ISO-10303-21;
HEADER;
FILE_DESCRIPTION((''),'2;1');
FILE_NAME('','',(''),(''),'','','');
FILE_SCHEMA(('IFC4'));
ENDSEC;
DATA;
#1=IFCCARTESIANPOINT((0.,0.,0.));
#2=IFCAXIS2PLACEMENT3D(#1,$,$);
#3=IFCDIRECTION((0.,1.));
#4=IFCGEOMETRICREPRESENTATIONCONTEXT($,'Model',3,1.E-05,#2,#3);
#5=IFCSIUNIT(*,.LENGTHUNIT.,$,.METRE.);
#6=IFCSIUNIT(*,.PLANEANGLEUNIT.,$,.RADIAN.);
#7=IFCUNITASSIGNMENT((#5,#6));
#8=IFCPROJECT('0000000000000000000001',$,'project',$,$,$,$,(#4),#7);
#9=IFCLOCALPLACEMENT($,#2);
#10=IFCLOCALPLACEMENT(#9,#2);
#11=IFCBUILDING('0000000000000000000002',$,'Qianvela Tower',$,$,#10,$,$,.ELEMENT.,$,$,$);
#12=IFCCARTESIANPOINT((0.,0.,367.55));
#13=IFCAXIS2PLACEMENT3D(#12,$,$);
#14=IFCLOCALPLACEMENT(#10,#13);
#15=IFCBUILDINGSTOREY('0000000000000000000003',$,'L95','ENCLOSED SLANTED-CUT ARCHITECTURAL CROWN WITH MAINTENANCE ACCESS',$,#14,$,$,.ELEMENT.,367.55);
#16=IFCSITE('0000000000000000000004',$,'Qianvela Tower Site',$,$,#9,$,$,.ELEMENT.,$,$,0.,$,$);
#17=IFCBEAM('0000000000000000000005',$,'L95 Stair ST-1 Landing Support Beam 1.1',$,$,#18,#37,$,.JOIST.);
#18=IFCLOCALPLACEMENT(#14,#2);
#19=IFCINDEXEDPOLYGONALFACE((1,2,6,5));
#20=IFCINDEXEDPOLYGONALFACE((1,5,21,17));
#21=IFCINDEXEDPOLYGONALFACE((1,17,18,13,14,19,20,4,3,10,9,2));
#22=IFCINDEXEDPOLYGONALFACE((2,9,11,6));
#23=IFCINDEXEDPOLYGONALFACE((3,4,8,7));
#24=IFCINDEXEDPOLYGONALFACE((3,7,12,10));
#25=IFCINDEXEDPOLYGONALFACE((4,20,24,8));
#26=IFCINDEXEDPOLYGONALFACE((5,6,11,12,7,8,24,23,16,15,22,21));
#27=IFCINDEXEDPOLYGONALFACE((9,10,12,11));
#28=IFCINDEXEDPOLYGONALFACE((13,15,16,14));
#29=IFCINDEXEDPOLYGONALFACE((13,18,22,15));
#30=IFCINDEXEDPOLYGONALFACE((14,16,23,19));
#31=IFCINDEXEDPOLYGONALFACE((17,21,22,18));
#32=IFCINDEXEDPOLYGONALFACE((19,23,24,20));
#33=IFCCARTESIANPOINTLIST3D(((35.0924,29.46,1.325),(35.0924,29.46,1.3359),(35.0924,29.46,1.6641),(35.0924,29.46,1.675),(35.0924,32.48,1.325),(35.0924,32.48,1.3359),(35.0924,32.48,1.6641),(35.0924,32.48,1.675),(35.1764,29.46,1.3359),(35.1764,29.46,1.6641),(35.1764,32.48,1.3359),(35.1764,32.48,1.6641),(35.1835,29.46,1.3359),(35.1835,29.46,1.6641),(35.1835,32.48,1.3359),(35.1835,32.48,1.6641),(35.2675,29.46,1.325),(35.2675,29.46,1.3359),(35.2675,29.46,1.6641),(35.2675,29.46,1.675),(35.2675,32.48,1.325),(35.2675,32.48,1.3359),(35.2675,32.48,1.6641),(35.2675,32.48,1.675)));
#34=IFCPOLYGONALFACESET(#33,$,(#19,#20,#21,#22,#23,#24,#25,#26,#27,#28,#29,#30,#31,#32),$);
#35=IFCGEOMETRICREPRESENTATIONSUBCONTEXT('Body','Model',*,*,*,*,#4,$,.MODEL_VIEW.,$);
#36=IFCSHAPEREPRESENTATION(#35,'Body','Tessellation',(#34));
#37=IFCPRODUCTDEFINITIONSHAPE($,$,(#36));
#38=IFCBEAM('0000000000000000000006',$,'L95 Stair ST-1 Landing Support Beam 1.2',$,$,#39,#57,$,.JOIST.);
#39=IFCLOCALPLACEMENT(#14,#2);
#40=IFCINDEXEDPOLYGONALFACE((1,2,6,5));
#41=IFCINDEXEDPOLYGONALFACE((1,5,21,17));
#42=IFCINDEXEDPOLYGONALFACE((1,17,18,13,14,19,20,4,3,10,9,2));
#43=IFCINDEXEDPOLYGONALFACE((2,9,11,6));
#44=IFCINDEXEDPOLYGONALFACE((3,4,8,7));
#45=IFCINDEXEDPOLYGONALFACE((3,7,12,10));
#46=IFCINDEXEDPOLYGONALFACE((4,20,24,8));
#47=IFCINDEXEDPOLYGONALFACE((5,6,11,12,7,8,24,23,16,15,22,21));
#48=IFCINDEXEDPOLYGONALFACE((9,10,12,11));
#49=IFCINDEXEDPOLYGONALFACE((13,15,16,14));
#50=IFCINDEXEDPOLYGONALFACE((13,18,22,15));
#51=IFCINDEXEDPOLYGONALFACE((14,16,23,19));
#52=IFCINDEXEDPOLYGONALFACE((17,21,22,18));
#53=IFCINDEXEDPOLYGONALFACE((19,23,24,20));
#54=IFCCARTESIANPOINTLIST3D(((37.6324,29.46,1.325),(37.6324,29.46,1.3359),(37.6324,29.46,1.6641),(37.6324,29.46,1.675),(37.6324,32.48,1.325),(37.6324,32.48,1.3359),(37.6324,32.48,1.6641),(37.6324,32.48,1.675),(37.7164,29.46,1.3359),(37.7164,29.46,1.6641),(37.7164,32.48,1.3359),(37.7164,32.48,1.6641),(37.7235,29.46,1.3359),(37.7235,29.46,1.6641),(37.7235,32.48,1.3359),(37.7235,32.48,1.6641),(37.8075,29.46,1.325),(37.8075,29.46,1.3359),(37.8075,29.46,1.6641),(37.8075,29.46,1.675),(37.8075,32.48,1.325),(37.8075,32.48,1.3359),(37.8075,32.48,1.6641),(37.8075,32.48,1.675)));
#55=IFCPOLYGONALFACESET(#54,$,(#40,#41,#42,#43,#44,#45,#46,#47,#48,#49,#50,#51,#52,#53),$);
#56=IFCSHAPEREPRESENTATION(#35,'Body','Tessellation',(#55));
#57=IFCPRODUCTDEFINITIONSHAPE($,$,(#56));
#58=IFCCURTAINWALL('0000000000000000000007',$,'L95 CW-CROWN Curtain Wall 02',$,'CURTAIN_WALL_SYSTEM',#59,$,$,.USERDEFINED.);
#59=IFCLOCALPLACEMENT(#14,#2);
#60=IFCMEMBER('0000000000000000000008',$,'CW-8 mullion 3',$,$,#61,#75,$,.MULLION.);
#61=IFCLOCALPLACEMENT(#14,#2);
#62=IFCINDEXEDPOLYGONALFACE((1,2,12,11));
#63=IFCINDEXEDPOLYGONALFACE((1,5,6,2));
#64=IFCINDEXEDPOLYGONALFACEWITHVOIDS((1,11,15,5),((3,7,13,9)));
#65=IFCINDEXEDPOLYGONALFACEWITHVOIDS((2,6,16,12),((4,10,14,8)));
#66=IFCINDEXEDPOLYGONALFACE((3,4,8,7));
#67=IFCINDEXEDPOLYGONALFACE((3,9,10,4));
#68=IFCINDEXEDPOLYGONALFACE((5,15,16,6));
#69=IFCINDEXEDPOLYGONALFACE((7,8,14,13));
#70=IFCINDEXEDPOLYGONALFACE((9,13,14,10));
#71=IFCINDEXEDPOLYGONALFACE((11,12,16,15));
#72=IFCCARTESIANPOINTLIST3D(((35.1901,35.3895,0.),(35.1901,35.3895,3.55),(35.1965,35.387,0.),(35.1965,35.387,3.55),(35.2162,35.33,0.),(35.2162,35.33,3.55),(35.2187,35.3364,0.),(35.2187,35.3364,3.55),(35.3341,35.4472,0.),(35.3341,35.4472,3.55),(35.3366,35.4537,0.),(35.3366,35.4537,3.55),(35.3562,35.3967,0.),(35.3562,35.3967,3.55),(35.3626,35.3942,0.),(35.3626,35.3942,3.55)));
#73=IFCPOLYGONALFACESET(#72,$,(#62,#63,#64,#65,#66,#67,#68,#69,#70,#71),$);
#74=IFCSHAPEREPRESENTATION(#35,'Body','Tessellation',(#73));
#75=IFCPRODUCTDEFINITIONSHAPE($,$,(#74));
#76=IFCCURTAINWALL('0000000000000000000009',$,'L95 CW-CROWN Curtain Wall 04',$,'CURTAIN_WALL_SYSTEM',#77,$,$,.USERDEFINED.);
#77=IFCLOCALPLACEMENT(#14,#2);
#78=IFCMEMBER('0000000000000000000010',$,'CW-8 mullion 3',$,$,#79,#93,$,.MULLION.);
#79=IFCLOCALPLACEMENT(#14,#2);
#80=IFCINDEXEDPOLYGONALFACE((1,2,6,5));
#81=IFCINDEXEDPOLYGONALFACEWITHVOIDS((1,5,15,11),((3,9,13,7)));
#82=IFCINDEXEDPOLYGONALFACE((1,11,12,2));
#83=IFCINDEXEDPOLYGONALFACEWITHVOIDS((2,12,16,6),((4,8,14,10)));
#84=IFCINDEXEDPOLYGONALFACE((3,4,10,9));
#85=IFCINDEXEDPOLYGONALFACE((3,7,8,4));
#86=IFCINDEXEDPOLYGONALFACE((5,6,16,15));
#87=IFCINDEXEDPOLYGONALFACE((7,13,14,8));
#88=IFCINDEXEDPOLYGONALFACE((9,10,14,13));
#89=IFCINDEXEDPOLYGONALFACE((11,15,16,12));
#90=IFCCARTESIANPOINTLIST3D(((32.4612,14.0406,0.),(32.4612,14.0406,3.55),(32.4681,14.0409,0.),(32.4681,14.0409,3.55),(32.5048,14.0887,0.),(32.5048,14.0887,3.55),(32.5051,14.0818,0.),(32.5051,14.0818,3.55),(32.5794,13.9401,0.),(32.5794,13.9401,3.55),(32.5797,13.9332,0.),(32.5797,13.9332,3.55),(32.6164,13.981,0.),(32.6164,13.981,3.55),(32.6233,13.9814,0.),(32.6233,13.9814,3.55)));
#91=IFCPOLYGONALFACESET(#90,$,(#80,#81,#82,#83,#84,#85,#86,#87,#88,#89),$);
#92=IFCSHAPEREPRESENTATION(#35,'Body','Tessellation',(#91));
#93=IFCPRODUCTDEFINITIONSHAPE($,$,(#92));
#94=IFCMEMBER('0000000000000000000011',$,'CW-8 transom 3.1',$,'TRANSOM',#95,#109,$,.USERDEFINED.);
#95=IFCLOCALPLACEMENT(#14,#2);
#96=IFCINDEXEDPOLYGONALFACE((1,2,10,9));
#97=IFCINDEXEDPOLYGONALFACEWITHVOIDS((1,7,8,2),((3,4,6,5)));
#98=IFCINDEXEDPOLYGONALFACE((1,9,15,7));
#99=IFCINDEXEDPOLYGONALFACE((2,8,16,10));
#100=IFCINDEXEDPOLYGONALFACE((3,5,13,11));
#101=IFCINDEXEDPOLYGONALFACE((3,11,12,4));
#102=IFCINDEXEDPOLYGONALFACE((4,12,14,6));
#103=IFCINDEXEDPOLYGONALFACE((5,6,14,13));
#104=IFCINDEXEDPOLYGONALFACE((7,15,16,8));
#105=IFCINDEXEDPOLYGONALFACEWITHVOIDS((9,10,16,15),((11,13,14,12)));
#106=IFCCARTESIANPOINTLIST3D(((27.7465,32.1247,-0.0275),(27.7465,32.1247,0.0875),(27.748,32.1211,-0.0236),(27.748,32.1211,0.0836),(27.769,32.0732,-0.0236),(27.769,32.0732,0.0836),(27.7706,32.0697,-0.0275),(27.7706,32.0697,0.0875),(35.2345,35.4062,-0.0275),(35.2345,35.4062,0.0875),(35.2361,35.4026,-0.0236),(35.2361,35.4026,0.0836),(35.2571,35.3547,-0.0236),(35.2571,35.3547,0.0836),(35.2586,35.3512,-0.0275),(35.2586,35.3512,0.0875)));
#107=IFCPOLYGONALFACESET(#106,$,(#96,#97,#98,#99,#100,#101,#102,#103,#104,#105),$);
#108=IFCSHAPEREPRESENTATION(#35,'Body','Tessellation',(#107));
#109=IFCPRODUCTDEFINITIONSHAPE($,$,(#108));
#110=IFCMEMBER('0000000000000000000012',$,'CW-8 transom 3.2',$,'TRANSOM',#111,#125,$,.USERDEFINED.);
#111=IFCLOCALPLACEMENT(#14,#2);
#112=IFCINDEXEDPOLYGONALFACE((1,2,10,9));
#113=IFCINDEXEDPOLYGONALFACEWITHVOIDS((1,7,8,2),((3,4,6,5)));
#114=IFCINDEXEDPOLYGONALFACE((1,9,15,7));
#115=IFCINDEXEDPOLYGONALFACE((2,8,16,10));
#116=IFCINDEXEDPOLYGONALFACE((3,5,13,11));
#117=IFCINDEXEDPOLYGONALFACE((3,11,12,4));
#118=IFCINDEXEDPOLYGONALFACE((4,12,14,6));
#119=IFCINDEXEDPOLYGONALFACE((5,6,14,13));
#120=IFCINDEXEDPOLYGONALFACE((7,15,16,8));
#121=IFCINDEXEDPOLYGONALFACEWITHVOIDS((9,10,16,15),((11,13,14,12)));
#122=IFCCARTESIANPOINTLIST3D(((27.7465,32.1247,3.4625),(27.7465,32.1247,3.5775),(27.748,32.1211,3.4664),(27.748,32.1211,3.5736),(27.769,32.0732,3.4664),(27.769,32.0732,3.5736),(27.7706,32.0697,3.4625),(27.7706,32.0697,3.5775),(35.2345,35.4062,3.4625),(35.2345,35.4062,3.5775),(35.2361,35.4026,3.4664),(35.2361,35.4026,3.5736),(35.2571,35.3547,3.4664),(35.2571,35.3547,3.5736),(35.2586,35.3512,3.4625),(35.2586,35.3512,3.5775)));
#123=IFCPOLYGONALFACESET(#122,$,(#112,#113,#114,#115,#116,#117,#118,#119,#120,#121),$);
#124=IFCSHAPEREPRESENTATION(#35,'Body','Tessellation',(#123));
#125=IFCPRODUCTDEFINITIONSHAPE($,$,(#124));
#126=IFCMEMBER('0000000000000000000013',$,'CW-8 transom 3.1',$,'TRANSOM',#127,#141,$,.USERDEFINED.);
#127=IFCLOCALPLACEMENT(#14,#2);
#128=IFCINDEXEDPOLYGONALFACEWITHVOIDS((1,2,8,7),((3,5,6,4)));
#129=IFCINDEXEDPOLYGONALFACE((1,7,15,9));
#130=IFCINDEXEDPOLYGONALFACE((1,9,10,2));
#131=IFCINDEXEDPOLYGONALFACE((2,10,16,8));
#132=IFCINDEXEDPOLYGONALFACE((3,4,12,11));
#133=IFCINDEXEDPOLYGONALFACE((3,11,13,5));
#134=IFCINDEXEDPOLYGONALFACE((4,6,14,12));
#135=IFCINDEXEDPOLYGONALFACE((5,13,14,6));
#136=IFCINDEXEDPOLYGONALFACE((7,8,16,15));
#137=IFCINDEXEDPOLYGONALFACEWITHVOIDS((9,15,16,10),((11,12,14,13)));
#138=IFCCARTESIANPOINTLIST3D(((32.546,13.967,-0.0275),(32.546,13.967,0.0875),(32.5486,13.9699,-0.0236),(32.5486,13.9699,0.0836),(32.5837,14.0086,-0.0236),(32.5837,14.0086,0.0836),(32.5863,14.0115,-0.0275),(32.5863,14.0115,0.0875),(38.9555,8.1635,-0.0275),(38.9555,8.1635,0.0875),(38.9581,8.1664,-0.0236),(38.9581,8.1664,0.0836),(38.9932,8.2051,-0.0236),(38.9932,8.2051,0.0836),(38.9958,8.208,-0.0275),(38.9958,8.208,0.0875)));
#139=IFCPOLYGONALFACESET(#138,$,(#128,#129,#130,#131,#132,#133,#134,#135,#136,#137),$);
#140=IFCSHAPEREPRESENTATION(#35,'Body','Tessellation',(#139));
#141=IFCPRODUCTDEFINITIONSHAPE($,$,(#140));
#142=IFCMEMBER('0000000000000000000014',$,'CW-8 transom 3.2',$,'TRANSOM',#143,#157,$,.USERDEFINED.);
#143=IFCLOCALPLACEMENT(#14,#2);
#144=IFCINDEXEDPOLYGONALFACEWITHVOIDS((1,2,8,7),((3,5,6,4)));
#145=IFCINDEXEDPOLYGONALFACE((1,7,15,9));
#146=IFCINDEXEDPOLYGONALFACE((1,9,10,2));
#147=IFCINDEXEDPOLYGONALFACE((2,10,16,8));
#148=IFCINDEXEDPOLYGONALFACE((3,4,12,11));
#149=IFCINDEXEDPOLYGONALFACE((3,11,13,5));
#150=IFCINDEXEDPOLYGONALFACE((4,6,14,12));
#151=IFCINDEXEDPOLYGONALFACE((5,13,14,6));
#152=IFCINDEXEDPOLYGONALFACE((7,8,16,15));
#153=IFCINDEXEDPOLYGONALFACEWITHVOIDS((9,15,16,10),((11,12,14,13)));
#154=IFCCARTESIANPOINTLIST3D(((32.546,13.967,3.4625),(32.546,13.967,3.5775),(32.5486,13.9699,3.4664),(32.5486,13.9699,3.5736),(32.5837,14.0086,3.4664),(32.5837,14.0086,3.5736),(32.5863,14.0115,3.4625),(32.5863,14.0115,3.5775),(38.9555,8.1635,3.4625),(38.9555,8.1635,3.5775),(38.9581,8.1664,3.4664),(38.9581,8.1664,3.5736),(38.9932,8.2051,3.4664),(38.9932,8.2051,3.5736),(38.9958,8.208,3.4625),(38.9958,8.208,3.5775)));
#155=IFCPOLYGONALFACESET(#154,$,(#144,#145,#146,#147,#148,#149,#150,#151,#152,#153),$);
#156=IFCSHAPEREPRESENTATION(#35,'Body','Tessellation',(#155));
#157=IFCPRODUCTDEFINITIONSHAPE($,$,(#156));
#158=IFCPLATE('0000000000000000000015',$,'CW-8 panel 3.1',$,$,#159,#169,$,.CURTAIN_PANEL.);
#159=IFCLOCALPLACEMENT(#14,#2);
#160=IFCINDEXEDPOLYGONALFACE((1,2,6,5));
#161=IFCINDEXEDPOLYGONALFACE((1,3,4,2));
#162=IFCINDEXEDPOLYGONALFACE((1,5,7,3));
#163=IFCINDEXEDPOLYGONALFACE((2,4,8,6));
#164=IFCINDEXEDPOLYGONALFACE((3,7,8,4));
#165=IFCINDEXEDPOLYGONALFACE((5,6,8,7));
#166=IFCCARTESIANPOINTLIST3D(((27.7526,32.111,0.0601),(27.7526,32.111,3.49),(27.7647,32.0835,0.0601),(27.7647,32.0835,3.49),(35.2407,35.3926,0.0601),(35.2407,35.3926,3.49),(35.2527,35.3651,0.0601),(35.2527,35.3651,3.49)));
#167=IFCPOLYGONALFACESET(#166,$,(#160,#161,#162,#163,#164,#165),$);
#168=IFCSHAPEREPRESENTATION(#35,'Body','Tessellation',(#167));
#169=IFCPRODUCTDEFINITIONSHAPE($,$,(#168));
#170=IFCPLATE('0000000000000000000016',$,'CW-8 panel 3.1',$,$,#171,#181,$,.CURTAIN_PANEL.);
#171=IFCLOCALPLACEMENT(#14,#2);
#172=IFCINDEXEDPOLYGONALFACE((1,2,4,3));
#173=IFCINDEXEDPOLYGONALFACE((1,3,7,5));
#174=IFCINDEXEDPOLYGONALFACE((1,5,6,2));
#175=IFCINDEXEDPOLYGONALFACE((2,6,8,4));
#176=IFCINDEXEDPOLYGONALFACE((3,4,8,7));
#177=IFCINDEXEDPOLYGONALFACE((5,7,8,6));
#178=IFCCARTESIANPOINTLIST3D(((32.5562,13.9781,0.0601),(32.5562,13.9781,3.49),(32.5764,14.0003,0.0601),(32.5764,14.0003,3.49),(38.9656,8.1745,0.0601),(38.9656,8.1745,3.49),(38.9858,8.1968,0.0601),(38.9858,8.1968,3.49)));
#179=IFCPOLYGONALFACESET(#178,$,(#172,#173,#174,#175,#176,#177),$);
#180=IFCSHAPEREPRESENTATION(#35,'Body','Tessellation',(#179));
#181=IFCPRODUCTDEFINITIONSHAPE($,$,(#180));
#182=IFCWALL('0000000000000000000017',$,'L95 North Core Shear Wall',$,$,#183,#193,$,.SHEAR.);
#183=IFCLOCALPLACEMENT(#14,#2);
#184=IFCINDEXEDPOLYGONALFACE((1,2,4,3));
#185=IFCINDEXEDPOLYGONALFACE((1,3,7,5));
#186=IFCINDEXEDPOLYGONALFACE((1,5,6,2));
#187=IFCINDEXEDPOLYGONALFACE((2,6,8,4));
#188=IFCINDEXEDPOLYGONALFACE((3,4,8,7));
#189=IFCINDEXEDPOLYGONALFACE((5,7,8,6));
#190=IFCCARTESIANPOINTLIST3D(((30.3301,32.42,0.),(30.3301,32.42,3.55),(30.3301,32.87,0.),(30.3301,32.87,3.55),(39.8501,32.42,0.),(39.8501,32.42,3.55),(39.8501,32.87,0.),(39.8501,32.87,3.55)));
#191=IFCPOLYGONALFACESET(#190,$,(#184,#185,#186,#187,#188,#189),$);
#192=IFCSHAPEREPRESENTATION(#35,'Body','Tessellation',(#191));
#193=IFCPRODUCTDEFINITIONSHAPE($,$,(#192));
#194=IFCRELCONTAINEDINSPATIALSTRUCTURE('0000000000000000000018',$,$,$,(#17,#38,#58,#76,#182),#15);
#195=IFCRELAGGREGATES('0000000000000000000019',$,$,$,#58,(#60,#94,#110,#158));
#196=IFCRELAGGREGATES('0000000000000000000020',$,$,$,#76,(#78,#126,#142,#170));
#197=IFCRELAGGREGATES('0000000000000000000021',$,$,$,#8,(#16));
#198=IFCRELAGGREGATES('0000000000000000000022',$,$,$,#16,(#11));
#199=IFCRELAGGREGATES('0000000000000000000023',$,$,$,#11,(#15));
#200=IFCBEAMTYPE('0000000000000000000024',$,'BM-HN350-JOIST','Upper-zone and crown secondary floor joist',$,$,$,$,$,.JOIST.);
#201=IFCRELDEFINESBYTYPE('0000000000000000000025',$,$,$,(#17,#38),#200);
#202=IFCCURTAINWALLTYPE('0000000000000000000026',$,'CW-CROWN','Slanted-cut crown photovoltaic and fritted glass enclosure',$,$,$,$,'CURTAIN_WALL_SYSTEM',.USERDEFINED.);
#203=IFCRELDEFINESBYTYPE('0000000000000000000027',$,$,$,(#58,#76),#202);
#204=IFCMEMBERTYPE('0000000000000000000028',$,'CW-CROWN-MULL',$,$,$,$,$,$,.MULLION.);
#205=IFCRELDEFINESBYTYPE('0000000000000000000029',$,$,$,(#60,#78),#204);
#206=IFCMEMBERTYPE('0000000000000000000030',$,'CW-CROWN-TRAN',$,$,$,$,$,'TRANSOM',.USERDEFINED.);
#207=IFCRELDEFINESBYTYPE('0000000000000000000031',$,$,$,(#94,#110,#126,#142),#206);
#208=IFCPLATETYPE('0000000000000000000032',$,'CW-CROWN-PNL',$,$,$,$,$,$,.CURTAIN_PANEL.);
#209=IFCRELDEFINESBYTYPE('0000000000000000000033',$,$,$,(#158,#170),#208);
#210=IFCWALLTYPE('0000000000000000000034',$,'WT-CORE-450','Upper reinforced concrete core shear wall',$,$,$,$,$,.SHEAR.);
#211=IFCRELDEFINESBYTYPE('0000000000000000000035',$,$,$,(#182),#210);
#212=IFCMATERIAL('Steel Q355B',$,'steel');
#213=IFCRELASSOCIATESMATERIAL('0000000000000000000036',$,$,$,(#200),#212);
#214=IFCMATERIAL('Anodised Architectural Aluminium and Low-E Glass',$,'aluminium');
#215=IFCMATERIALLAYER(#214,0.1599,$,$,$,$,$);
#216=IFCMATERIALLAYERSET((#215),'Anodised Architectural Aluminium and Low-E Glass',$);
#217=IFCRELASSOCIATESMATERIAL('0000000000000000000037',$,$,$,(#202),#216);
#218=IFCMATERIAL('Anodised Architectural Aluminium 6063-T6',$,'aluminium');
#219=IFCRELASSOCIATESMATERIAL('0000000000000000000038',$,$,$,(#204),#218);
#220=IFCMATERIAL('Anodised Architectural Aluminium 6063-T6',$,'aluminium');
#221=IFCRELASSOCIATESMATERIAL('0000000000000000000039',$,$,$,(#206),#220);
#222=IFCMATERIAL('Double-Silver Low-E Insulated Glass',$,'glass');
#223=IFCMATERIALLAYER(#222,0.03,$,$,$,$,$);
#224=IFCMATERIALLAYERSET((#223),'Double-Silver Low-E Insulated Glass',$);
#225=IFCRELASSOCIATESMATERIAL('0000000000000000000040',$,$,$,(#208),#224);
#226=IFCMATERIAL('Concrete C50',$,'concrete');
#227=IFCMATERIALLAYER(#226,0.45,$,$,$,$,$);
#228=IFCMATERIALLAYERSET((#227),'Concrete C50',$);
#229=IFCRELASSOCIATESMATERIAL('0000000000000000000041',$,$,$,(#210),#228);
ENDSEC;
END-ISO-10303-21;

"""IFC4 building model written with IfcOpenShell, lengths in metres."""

from ifc_helpers import new_model, si_unit, direction, frame, frame_2d, origin, origin_2d, place, context, subcontext, project, spatial, rectangle, hollow_rectangle, i_section, extrude, material, layer, layer_set, material_profile, profile_set, type_object, element, aggregate, save


model = new_model("IFC4")

# Units and contexts
model_context = context("Model", 3, precision=1e-05, world=origin(), true_north=direction((0.0, 1.0)))
body_context = subcontext(model_context, "Body", "Model", "MODEL_VIEW")
ifc_project = project(units=[si_unit("LENGTHUNIT", "METRE"), si_unit("PLANEANGLEUNIT", "RADIAN")], contexts=[model_context])

# Site, building, storey
site_placement = place(None, origin())
site = spatial("IfcSite", under=ifc_project, at=site_placement, Name="Qianvela Tower Site", CompositionType="ELEMENT", RefElevation=0.0)
building_placement = place(site_placement, origin())
building = spatial("IfcBuilding", under=site, at=building_placement, Name="Qianvela Tower", CompositionType="ELEMENT")
storey_placement = place(building_placement, frame((0.0, 0.0, 367.55)))
storey = spatial("IfcBuildingStorey", under=building, at=storey_placement, Name="L95", Description="ENCLOSED SLANTED-CUT ARCHITECTURAL CROWN WITH MAINTENANCE ACCESS", CompositionType="ELEMENT", Elevation=367.55)

# Beams
ifc_material_1 = material(Name="Steel Q355B", Category="steel")
ifc_material_profile_1 = material_profile(ifc_material_1, i_section(OverallWidth=0.175, OverallDepth=0.3501, WebThickness=0.0071, FlangeThickness=0.011, at=origin_2d()), Name="HN350x175x7x11")
ifc_profile_set_1 = profile_set([ifc_material_profile_1], Name="Steel Q355B")
beam_type = type_object("IfcBeamType", Name="BM-HN350-JOIST", Description="Upper-zone and crown secondary floor joist", PredefinedType="JOIST", material=ifc_profile_set_1)
for number, where, z_axis, x_axis, name in (
    (1, (35.1799, 29.46, 1.5), (0.0, 1.0, 0.0), (-1.0, 0.0, 0.0), "L95 Stair ST-1 Landing Support Beam 1.1"),
    (2, (37.72, 29.46, 1.5), (0.0, 1.0, 0.0), (-1.0, 0.0, 0.0), "L95 Stair ST-1 Landing Support Beam 1.2"),
):
    element("IfcBeam", number, at=place(storey_placement, frame(where, z_axis=z_axis, x_axis=x_axis)), inside=storey, type_object=beam_type, Name=name, PredefinedType="JOIST", context=body_context, shape_type="SweptSolid", body=[
        extrude(i_section(OverallWidth=0.175, OverallDepth=0.3501, WebThickness=0.0071, FlangeThickness=0.011, at=origin_2d()), origin(), (0.0, 0.0, 1.0), 3.02),
    ])

# Curtain walls, members
ifc_material_2 = material(Name="Anodised Architectural Aluminium and Low-E Glass", Category="aluminium")
ifc_layer_1 = layer(ifc_material_2, 0.1599)
ifc_layer_set_1 = layer_set([ifc_layer_1], Name="Anodised Architectural Aluminium and Low-E Glass")
curtain_wall_type = type_object("IfcCurtainWallType", Name="CW-CROWN", Description="Slanted-cut crown photovoltaic and fritted glass enclosure", ElementType="CURTAIN_WALL_SYSTEM", PredefinedType="USERDEFINED", material=ifc_layer_set_1)
curtain_wall_1_placement = place(storey_placement, origin())
curtain_wall_1 = element("IfcCurtainWall", 3, at=curtain_wall_1_placement, inside=storey, type_object=curtain_wall_type, Name="L95 CW-CROWN Curtain Wall 02", ObjectType="CURTAIN_WALL_SYSTEM", PredefinedType="USERDEFINED")
ifc_material_3 = material(Name="Anodised Architectural Aluminium 6063-T6", Category="aluminium")
ifc_material_profile_2 = material_profile(ifc_material_3, hollow_rectangle(XDim=0.0649, YDim=0.1599, WallThickness=0.0049, at=origin_2d()), Name="ALU-MULL-65x160")
ifc_profile_set_2 = profile_set([ifc_material_profile_2], Name="Anodised Architectural Aluminium 6063-T6")
member_type_1 = type_object("IfcMemberType", Name="CW-CROWN-MULL", PredefinedType="MULLION", material=ifc_profile_set_2)
member_1_placement = place(storey_placement, frame((35.2764, 35.3918, 0.0), z_axis=(0.0, 0.0, 1.0), x_axis=(0.40139, -0.915907, 0.0)))
member_1 = element("IfcMember", 4, at=member_1_placement, type_object=member_type_1, Name="CW-8 mullion 3", PredefinedType="MULLION", context=body_context, shape_type="SweptSolid", body=[
    extrude(hollow_rectangle(XDim=0.0649, YDim=0.1599, WallThickness=0.0049, at=origin_2d()), origin(), (0.0, 0.0, 1.0), 3.55),
])
curtain_wall_2_placement = place(storey_placement, origin())
curtain_wall_2 = element("IfcCurtainWall", 5, at=curtain_wall_2_placement, inside=storey, type_object=curtain_wall_type, Name="L95 CW-CROWN Curtain Wall 04", ObjectType="CURTAIN_WALL_SYSTEM", PredefinedType="USERDEFINED")
member_2_placement = place(storey_placement, frame((32.5422, 14.011, 0.0), z_axis=(0.0, 0.0, 1.0), x_axis=(0.671205, 0.741272, 0.0)))
member_2 = element("IfcMember", 6, at=member_2_placement, type_object=member_type_1, Name="CW-8 mullion 3", PredefinedType="MULLION", context=body_context, shape_type="SweptSolid", body=[
    extrude(hollow_rectangle(XDim=0.0649, YDim=0.1599, WallThickness=0.0049, at=origin_2d()), origin(), (0.0, 0.0, 1.0), 3.55),
])

# Members
ifc_material_4 = material(Name="Anodised Architectural Aluminium 6063-T6", Category="aluminium")
ifc_material_profile_3 = material_profile(ifc_material_4, hollow_rectangle(XDim=0.0601, YDim=0.115, WallThickness=0.0039, at=origin_2d()), Name="ALU-TRAN-60x115")
ifc_profile_set_3 = profile_set([ifc_material_profile_3], Name="Anodised Architectural Aluminium 6063-T6")
member_type_2 = type_object("IfcMemberType", Name="CW-CROWN-TRAN", ElementType="TRANSOM", PredefinedType="USERDEFINED", material=ifc_profile_set_3)
member_3_placement = place(storey_placement, frame((35.2466, 35.3787, 0.03), z_axis=(-0.915911, -0.401381, 0.0), x_axis=(0.401381, -0.915911, 0.0)))
member_3 = element("IfcMember", 7, at=member_3_placement, type_object=member_type_2, Name="CW-8 transom 3.1", ObjectType="TRANSOM", PredefinedType="USERDEFINED", context=body_context, shape_type="SweptSolid", body=[
    extrude(hollow_rectangle(XDim=0.0601, YDim=0.115, WallThickness=0.0039, at=origin_2d()), origin(), (0.0, 0.0, 1.0), 8.1755),
])
member_4_placement = place(storey_placement, frame((35.2466, 35.3787, 3.52), z_axis=(-0.915911, -0.401381, 0.0), x_axis=(0.401381, -0.915911, 0.0)))
member_4 = element("IfcMember", 8, at=member_4_placement, type_object=member_type_2, Name="CW-8 transom 3.2", ObjectType="TRANSOM", PredefinedType="USERDEFINED", context=body_context, shape_type="SweptSolid", body=[
    extrude(hollow_rectangle(XDim=0.0601, YDim=0.115, WallThickness=0.0039, at=origin_2d()), origin(), (0.0, 0.0, 1.0), 8.1755),
])
member_5_placement = place(storey_placement, frame((32.5662, 13.9893, 0.03), z_axis=(0.741279, -0.671197, 0.0), x_axis=(0.671197, 0.741279, 0.0)))
member_5 = element("IfcMember", 9, at=member_5_placement, type_object=member_type_2, Name="CW-8 transom 3.1", ObjectType="TRANSOM", PredefinedType="USERDEFINED", context=body_context, shape_type="SweptSolid", body=[
    extrude(hollow_rectangle(XDim=0.0601, YDim=0.115, WallThickness=0.0039, at=origin_2d()), origin(), (0.0, 0.0, 1.0), 8.6465),
])
member_6_placement = place(storey_placement, frame((32.5662, 13.9893, 3.52), z_axis=(0.741279, -0.671197, 0.0), x_axis=(0.671197, 0.741279, 0.0)))
member_6 = element("IfcMember", 10, at=member_6_placement, type_object=member_type_2, Name="CW-8 transom 3.2", ObjectType="TRANSOM", PredefinedType="USERDEFINED", context=body_context, shape_type="SweptSolid", body=[
    extrude(hollow_rectangle(XDim=0.0601, YDim=0.115, WallThickness=0.0039, at=origin_2d()), origin(), (0.0, 0.0, 1.0), 8.6465),
])

# Plates
ifc_material_5 = material(Name="Double-Silver Low-E Insulated Glass", Category="glass")
ifc_layer_2 = layer(ifc_material_5, 0.03)
ifc_layer_set_2 = layer_set([ifc_layer_2], Name="Double-Silver Low-E Insulated Glass")
plate_type = type_object("IfcPlateType", Name="CW-CROWN-PNL", PredefinedType="CURTAIN_PANEL", material=ifc_layer_set_2)
plate_1_placement = place(storey_placement, frame((31.5027, 33.738, 0.0601), z_axis=(0.0, 0.0, 1.0), x_axis=(-0.915907, -0.40139, 0.0)))
plate_1 = element("IfcPlate", 11, at=plate_1_placement, type_object=plate_type, Name="CW-8 panel 3.1", PredefinedType="CURTAIN_PANEL", context=body_context, shape_type="SweptSolid", body=[
    extrude(rectangle(XDim=8.1755, YDim=0.03, at=origin_2d()), origin(), (0.0, 0.0, 1.0), 3.4299),
])
aggregate(curtain_wall_1, [member_1, member_3, member_4, plate_1])
plate_2_placement = place(storey_placement, frame((35.771, 11.0874, 0.0601), z_axis=(0.0, 0.0, 1.0), x_axis=(0.741272, -0.671205, 0.0)))
plate_2 = element("IfcPlate", 12, at=plate_2_placement, type_object=plate_type, Name="CW-8 panel 3.1", PredefinedType="CURTAIN_PANEL", context=body_context, shape_type="SweptSolid", body=[
    extrude(rectangle(XDim=8.6465, YDim=0.03, at=origin_2d()), origin(), (0.0, 0.0, 1.0), 3.4299),
])
aggregate(curtain_wall_2, [member_2, member_5, member_6, plate_2])

# Wall
ifc_material_6 = material(Name="Concrete C50", Category="concrete")
ifc_layer_3 = layer(ifc_material_6, 0.45)
ifc_layer_set_3 = layer_set([ifc_layer_3], Name="Concrete C50")
wall_type_1 = type_object("IfcWallType", Name="WT-CORE-450", Description="Upper reinforced concrete core shear wall", PredefinedType="SHEAR", material=ifc_layer_set_3)
wall_1_placement = place(storey_placement, frame((30.3301, 32.645, 0.0), z_axis=(0.0, 0.0, 1.0), x_axis=(1.0, 0.0, 0.0)))
element("IfcWall", 13, at=wall_1_placement, inside=storey, type_object=wall_type_1, Name="L95 North Core Shear Wall", PredefinedType="SHEAR", context=body_context, shape_type="SweptSolid", body=[
    extrude(rectangle(XDim=9.52, YDim=0.45, at=frame_2d((4.76, 0.0))), origin(), (0.0, 0.0, 1.0), 3.55),
])

save(model, "model.ifc")
